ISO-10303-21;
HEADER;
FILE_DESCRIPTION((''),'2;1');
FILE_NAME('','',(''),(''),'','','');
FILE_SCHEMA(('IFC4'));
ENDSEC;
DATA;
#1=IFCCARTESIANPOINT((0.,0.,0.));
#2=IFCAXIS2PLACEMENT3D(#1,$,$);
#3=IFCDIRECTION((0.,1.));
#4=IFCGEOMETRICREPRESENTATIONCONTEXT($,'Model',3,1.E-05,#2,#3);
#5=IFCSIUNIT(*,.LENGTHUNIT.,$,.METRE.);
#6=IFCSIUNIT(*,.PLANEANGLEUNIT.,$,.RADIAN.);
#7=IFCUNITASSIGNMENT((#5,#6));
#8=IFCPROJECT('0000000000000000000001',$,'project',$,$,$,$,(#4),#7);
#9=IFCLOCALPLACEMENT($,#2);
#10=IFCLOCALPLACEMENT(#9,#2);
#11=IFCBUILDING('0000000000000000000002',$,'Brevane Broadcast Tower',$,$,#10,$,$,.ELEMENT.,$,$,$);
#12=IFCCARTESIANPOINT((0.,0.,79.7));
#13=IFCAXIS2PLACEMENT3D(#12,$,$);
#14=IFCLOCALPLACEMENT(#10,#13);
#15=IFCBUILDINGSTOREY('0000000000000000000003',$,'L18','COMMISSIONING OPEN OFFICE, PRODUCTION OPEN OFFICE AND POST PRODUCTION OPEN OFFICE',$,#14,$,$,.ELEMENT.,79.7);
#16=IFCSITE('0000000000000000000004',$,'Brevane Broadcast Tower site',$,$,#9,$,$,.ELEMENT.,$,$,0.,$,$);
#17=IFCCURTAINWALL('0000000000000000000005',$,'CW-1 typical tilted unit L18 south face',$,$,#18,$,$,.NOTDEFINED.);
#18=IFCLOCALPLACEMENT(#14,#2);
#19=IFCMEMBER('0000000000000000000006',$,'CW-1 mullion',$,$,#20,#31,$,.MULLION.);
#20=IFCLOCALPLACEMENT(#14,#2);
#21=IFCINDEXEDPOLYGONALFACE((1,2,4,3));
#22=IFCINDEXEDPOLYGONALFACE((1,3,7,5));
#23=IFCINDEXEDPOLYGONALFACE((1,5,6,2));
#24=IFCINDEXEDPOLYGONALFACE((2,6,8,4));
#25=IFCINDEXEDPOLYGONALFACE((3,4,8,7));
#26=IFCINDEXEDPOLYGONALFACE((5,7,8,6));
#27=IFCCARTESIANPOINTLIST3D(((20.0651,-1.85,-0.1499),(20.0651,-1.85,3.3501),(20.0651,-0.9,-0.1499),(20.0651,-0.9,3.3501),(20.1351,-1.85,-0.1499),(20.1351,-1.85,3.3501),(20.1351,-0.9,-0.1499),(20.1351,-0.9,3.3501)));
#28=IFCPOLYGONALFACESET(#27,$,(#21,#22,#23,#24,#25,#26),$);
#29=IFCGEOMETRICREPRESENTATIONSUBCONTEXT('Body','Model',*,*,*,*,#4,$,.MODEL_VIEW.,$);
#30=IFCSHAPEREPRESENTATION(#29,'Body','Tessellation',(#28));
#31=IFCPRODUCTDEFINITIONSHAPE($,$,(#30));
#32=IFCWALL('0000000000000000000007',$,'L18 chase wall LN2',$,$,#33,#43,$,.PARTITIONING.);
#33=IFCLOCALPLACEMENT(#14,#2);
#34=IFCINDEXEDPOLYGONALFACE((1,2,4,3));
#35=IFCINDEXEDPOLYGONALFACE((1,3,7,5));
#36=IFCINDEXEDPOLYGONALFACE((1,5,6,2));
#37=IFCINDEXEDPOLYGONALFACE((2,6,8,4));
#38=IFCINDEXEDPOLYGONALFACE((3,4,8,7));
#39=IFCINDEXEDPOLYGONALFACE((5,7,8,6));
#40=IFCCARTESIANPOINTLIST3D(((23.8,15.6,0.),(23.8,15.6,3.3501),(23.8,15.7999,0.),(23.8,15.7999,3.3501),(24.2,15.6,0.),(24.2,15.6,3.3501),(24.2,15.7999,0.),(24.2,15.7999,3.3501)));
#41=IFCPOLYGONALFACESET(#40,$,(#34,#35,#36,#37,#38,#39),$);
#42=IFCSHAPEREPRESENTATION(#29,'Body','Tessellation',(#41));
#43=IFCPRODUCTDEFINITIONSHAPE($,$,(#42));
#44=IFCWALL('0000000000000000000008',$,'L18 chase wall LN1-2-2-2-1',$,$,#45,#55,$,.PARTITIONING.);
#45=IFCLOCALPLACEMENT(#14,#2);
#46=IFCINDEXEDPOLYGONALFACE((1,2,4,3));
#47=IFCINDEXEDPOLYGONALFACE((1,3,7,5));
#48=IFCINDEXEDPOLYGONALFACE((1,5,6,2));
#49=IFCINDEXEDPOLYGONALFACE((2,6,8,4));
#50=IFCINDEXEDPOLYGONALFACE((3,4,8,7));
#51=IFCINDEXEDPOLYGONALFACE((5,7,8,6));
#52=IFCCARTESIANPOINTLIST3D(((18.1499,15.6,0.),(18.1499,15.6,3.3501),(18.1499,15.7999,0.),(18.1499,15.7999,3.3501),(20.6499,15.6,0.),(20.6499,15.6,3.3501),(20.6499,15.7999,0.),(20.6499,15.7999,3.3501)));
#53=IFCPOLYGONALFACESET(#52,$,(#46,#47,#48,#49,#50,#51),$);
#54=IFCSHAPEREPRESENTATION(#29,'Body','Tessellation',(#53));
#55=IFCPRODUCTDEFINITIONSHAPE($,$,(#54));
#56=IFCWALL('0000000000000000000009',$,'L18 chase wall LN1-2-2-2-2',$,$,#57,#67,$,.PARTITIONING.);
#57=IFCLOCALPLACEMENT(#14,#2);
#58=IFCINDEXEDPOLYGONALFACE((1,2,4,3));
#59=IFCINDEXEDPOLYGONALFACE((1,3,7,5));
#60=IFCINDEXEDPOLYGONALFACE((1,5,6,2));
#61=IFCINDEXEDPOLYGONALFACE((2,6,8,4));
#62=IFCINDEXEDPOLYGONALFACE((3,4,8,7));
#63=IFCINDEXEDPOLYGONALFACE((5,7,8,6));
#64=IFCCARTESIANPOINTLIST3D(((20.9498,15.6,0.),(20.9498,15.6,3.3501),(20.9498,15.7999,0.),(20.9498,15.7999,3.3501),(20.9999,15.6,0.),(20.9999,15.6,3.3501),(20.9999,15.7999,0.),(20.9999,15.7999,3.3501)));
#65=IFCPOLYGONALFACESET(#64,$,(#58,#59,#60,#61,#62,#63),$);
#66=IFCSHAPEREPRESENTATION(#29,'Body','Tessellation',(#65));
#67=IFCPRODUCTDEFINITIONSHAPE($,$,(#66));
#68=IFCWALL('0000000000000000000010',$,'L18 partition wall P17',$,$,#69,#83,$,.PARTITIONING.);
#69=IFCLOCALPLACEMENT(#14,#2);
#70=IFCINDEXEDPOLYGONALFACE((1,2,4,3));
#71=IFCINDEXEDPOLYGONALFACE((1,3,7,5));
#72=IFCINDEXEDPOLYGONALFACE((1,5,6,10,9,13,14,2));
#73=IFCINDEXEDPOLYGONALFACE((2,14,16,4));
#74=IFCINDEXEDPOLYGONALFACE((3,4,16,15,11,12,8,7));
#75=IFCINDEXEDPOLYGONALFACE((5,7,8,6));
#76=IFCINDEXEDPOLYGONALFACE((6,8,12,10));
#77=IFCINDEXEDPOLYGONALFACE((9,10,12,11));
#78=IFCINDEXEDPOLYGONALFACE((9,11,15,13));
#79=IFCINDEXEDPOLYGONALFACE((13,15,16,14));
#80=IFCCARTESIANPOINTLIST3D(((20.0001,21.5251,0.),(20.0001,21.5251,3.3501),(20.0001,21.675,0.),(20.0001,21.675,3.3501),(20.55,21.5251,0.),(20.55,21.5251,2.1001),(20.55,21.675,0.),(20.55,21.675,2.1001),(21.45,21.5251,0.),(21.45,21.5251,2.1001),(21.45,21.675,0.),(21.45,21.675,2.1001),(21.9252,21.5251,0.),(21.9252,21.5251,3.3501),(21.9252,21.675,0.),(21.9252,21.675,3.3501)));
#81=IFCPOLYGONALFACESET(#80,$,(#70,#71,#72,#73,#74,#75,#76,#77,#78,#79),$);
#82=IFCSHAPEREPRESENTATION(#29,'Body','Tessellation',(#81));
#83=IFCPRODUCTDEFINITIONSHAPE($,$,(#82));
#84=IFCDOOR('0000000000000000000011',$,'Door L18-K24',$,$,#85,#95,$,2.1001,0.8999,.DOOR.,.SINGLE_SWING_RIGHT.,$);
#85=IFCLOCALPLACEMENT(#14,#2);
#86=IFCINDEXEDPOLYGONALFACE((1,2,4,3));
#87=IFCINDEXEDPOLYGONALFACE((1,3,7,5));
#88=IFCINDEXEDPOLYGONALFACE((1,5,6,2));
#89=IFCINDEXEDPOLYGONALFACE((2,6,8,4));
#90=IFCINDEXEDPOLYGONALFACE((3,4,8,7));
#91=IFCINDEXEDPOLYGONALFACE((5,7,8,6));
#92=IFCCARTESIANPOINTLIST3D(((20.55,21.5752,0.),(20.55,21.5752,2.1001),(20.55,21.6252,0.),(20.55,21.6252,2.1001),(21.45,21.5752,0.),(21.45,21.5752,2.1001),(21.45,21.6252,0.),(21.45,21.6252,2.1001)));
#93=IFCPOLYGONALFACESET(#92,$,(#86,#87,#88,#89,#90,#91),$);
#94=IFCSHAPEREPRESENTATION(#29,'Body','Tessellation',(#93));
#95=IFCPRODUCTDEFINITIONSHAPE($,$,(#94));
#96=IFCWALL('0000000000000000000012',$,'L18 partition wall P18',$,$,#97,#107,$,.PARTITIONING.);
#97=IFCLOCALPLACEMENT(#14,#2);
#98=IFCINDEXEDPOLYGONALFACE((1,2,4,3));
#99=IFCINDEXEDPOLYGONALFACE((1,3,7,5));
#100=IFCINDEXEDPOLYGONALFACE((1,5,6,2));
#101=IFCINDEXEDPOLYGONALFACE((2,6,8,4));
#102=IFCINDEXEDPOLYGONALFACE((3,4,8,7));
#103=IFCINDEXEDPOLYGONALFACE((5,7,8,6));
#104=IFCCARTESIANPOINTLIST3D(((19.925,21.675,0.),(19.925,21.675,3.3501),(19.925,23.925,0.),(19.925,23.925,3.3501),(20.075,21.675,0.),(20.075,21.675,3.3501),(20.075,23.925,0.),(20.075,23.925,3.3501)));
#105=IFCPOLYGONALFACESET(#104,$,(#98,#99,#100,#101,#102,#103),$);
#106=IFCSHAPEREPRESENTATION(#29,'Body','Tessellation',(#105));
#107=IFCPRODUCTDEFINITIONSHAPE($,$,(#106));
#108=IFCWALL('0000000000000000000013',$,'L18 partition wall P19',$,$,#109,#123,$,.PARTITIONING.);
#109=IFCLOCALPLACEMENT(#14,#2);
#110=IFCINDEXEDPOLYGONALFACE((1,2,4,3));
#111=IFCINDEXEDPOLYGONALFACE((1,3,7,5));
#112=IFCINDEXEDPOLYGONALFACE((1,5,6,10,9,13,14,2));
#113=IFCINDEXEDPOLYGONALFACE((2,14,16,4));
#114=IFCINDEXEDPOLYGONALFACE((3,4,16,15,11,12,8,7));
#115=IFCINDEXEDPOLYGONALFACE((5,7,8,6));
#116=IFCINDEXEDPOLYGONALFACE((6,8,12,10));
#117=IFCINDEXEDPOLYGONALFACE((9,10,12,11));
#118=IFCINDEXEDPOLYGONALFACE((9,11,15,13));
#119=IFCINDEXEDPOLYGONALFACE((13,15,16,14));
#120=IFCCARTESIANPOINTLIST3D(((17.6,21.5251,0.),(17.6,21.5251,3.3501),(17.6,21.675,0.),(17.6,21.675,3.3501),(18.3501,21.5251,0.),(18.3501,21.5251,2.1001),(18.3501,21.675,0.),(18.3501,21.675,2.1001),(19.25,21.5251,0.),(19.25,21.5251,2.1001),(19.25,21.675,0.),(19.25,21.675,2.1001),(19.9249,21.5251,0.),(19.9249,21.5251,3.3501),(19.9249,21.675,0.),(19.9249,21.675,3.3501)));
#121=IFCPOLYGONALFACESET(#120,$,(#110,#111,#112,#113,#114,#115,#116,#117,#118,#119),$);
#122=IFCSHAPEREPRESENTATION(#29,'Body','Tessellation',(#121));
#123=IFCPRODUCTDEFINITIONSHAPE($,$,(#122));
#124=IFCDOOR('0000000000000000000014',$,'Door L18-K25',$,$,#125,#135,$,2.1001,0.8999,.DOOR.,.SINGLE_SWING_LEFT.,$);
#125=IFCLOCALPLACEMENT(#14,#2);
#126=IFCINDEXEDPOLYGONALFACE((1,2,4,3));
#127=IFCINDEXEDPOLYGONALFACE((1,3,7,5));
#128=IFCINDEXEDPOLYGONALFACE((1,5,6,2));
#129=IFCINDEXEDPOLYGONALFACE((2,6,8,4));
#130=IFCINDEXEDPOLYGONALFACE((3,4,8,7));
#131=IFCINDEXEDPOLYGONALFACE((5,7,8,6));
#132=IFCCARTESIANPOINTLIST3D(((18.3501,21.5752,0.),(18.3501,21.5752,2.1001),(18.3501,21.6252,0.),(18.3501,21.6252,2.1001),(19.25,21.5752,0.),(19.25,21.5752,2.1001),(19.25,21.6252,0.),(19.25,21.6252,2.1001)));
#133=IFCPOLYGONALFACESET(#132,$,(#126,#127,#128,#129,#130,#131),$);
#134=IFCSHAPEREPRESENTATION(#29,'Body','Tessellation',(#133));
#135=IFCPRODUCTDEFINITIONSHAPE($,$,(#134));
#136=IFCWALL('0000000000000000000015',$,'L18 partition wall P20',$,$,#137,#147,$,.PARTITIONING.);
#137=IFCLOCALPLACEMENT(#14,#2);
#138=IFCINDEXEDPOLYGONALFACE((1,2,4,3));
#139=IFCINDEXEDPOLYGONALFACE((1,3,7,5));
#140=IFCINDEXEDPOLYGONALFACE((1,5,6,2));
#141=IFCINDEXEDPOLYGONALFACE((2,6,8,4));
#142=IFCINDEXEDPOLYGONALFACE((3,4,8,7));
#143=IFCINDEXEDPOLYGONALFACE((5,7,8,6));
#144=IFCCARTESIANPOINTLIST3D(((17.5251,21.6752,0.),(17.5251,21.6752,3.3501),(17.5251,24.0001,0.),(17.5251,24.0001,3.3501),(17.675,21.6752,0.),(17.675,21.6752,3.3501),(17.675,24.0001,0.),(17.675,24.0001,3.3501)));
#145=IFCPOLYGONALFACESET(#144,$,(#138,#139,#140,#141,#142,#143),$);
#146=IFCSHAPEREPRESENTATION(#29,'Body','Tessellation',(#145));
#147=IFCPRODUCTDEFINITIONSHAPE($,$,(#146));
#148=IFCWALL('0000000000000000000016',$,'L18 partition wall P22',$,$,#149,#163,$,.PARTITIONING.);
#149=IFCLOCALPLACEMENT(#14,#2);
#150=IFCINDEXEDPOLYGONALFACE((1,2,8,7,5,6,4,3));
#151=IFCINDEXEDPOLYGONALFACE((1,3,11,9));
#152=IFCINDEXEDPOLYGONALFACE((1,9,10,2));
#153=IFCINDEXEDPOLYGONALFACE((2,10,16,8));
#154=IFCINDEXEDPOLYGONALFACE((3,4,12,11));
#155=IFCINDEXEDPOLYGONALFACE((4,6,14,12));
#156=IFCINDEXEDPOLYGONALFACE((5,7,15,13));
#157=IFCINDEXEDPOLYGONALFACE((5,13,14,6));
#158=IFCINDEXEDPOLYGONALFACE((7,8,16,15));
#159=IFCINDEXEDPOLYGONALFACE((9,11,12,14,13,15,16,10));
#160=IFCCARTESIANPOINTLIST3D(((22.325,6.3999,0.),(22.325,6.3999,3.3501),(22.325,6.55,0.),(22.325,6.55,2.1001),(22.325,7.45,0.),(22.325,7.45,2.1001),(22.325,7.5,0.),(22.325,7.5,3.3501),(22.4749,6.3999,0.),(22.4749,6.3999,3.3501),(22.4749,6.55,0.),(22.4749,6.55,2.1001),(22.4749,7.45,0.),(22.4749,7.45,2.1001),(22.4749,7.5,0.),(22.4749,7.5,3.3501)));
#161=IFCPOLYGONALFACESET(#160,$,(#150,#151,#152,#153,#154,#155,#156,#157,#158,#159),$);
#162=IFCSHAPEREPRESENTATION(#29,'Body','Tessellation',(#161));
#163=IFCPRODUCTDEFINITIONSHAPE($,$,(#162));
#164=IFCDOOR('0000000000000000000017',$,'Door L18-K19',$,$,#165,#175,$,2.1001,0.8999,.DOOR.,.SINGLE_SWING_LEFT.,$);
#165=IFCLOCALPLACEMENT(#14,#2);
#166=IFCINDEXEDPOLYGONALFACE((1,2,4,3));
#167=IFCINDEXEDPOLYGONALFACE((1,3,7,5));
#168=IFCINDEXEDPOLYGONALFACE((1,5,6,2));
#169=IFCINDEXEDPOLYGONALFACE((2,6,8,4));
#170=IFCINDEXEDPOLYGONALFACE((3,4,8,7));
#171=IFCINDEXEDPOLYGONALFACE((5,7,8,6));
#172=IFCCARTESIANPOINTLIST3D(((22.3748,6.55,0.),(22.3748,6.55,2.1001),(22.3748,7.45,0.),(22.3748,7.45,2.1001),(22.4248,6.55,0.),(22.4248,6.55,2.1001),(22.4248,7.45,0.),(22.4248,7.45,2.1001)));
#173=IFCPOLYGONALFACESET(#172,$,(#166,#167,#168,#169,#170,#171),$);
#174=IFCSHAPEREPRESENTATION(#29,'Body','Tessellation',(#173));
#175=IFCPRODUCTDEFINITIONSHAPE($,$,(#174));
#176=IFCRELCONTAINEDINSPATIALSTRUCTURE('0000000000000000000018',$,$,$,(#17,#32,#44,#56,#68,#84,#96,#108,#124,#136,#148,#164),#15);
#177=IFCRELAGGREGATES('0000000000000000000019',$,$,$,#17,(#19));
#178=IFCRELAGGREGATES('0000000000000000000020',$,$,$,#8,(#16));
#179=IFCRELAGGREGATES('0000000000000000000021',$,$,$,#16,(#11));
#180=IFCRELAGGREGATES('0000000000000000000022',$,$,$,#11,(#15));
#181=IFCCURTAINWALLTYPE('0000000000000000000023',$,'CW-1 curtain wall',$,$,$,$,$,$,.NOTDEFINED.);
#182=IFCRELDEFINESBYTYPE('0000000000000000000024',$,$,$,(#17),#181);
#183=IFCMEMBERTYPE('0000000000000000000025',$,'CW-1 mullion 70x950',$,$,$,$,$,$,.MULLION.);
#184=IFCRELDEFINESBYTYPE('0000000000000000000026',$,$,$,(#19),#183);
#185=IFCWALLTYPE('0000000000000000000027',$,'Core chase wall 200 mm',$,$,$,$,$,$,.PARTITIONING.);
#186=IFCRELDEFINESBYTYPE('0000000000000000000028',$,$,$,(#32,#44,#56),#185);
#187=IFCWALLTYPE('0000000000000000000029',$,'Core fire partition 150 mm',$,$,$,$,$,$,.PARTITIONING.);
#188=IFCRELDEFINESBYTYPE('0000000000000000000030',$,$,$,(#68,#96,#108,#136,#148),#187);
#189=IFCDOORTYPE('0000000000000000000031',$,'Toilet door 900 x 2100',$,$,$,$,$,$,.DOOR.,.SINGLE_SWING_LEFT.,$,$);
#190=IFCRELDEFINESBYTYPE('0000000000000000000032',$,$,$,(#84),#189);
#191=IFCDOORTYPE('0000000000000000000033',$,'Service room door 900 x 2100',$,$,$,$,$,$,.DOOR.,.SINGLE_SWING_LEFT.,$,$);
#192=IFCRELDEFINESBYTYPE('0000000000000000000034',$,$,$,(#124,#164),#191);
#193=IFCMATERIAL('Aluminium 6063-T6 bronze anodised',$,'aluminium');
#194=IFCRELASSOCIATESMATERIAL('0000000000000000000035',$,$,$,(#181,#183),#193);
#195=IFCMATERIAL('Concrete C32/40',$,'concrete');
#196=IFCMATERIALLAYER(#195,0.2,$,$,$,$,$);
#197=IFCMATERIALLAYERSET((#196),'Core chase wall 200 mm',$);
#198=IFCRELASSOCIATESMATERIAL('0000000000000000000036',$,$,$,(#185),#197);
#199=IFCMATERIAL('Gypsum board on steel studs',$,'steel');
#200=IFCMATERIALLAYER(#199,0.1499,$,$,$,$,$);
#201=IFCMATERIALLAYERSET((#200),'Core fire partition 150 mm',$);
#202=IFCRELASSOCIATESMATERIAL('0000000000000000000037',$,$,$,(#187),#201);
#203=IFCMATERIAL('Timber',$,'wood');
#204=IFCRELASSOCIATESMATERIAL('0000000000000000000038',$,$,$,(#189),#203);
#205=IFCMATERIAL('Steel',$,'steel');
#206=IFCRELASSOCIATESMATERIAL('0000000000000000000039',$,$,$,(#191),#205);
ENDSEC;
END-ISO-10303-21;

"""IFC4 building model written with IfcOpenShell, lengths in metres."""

from ifc_helpers import new_model, si_unit, direction, frame, frame_2d, origin, origin_2d, place, context, subcontext, project, spatial, rectangle, extrude, material, layer, layer_set, material_profile, profile_set, type_object, element, fill, aggregate, save


model = new_model("IFC4")

# Units and contexts
model_context = context("Model", 3, precision=1e-05, world=origin(), true_north=direction((0.0, 1.0)))
body_context = subcontext(model_context, "Body", "Model", "MODEL_VIEW")
ifc_project = project(units=[si_unit("LENGTHUNIT", "METRE"), si_unit("PLANEANGLEUNIT", "RADIAN")], contexts=[model_context])

# Site, building, storey
site_placement = place(None, origin())
site = spatial("IfcSite", under=ifc_project, at=site_placement, Name="Brevane Broadcast Tower site", CompositionType="ELEMENT", RefElevation=0.0)
building_placement = place(site_placement, origin())
building = spatial("IfcBuilding", under=site, at=building_placement, Name="Brevane Broadcast Tower", CompositionType="ELEMENT")
storey_placement = place(building_placement, frame((0.0, 0.0, 79.7)))
storey = spatial("IfcBuildingStorey", under=building, at=storey_placement, Name="L18", Description="COMMISSIONING OPEN OFFICE, PRODUCTION OPEN OFFICE AND POST PRODUCTION OPEN OFFICE", CompositionType="ELEMENT", Elevation=79.7)

# Curtain wall, member
ifc_material_1 = material(Name="Aluminium 6063-T6 bronze anodised", Category="aluminium")
curtain_wall_type = type_object("IfcCurtainWallType", Name="CW-1 curtain wall", PredefinedType="NOTDEFINED", material=ifc_material_1)
curtain_wall_placement = place(storey_placement, origin())
curtain_wall = element("IfcCurtainWall", 1, at=curtain_wall_placement, inside=storey, type_object=curtain_wall_type, Name="CW-1 typical tilted unit L18 south face", PredefinedType="NOTDEFINED")
ifc_material_profile = material_profile(ifc_material_1, rectangle(XDim=0.95, YDim=0.0701, at=origin_2d()), Name="RECT 70x950")
ifc_profile_set = profile_set([ifc_material_profile], Name="Aluminium 6063-T6 bronze anodised")
member_type = type_object("IfcMemberType", Name="CW-1 mullion 70x950", PredefinedType="MULLION", material=ifc_profile_set)
member_placement = place(storey_placement, frame((20.1001, -1.375, -0.1499), z_axis=(0.0, 0.0, 1.0), x_axis=(0.0, 1.0, 0.0)))
member = element("IfcMember", 2, at=member_placement, type_object=member_type, Name="CW-1 mullion", PredefinedType="MULLION", context=body_context, shape_type="SweptSolid", body=[
    extrude(rectangle(XDim=0.95, YDim=0.0701, at=origin_2d()), origin(), (0.0, 0.0, 1.0), 3.5),
])
aggregate(curtain_wall, [member])

# Walls
ifc_material_2 = material(Name="Concrete C32/40", Category="concrete")
ifc_layer_1 = layer(ifc_material_2, 0.2)
ifc_layer_set_1 = layer_set([ifc_layer_1], Name="Core chase wall 200 mm")
wall_type_1 = type_object("IfcWallType", Name="Core chase wall 200 mm", PredefinedType="PARTITIONING", material=ifc_layer_set_1)
wall_1_placement = place(storey_placement, frame((23.8, 15.7, 0.0), z_axis=(0.0, 0.0, 1.0), x_axis=(1.0, 0.0, 0.0)))
element("IfcWall", 3, at=wall_1_placement, inside=storey, type_object=wall_type_1, Name="L18 chase wall LN2", PredefinedType="PARTITIONING", context=body_context, shape_type="SweptSolid", body=[
    extrude(rectangle(XDim=0.3999, YDim=0.2, at=frame_2d((0.2, 0.0))), origin(), (0.0, 0.0, 1.0), 3.3501),
])
wall_2_placement = place(storey_placement, frame((18.1499, 15.7, 0.0), z_axis=(0.0, 0.0, 1.0), x_axis=(1.0, 0.0, 0.0)))
element("IfcWall", 4, at=wall_2_placement, inside=storey, type_object=wall_type_1, Name="L18 chase wall LN1-2-2-2-1", PredefinedType="PARTITIONING", context=body_context, shape_type="SweptSolid", body=[
    extrude(rectangle(XDim=2.5, YDim=0.2, at=frame_2d((1.25, 0.0))), origin(), (0.0, 0.0, 1.0), 3.3501),
])
wall_3_placement = place(storey_placement, frame((20.95, 15.7, 0.0), z_axis=(0.0, 0.0, 1.0), x_axis=(1.0, 0.0, 0.0)))
element("IfcWall", 5, at=wall_3_placement, inside=storey, type_object=wall_type_1, Name="L18 chase wall LN1-2-2-2-2", PredefinedType="PARTITIONING", context=body_context, shape_type="SweptSolid", body=[
    extrude(rectangle(XDim=0.05, YDim=0.2, at=frame_2d((0.0249, 0.0))), origin(), (0.0, 0.0, 1.0), 3.3501),
])

# Wall, opening, door
ifc_material_3 = material(Name="Gypsum board on steel studs", Category="steel")
ifc_layer_2 = layer(ifc_material_3, 0.1499)
ifc_layer_set_2 = layer_set([ifc_layer_2], Name="Core fire partition 150 mm")
wall_type_2 = type_object("IfcWallType", Name="Core fire partition 150 mm", PredefinedType="PARTITIONING", material=ifc_layer_set_2)
wall_4_placement = place(storey_placement, frame((21.925, 21.6001, 0.0), z_axis=(0.0, 0.0, 1.0), x_axis=(-1.0, 0.0, 0.0)))
wall_4 = element("IfcWall", 6, at=wall_4_placement, inside=storey, type_object=wall_type_2, Name="L18 partition wall P17", PredefinedType="PARTITIONING", context=body_context, shape_type="SweptSolid", body=[
    extrude(rectangle(XDim=1.925, YDim=0.1499, at=frame_2d((0.9624, 0.0))), origin(), (0.0, 0.0, 1.0), 3.3501),
])
opening_1_placement = place(wall_4_placement, frame((0.4751, 0.0, 0.0)))
opening_1 = element("IfcOpeningElement", 7, at=opening_1_placement, cuts=wall_4, PredefinedType="OPENING", context=body_context, shape_type="SweptSolid", body=[
    extrude(rectangle(XDim=0.8999, YDim=2.1001, at=frame_2d((0.45, 1.05))), frame((0.0, 0.085, 0.0), z_axis=(0.0, -1.0, 0.0), x_axis=(1.0, 0.0, 0.0)), (0.0, 0.0, 1.0), 0.1699),
])
ifc_material_4 = material(Name="Timber", Category="wood")
door_type_1 = type_object("IfcDoorType", Name="Toilet door 900 x 2100", OperationType="SINGLE_SWING_LEFT", PredefinedType="DOOR", material=ifc_material_4)
door_1_placement = place(opening_1_placement, origin())
door_1 = element("IfcDoor", 8, at=door_1_placement, inside=storey, type_object=door_type_1, Name="Door L18-K24", OperationType="SINGLE_SWING_RIGHT", OverallHeight=2.1001, OverallWidth=0.8999, PredefinedType="DOOR", context=body_context, shape_type="SweptSolid", body=[
    extrude(rectangle(XDim=0.8999, YDim=2.1001, at=frame_2d((0.45, 1.05))), frame((0.0, 0.0249, 0.0), z_axis=(0.0, -1.0, 0.0), x_axis=(1.0, 0.0, 0.0)), (0.0, 0.0, 1.0), 0.05),
])
fill(opening_1, door_1)

# Wall
wall_5_placement = place(storey_placement, frame((20.0, 21.675, 0.0), z_axis=(0.0, 0.0, 1.0), x_axis=(0.0, 1.0, 0.0)))
element("IfcWall", 9, at=wall_5_placement, inside=storey, type_object=wall_type_2, Name="L18 partition wall P18", PredefinedType="PARTITIONING", context=body_context, shape_type="SweptSolid", body=[
    extrude(rectangle(XDim=2.25, YDim=0.1499, at=frame_2d((1.125, 0.0))), origin(), (0.0, 0.0, 1.0), 3.3501),
])

# Wall, opening, door
wall_6_placement = place(storey_placement, frame((19.925, 21.6001, 0.0), z_axis=(0.0, 0.0, 1.0), x_axis=(-1.0, 0.0, 0.0)))
wall_6 = element("IfcWall", 10, at=wall_6_placement, inside=storey, type_object=wall_type_2, Name="L18 partition wall P19", PredefinedType="PARTITIONING", context=body_context, shape_type="SweptSolid", body=[
    extrude(rectangle(XDim=2.325, YDim=0.1499, at=frame_2d((1.1626, 0.0))), origin(), (0.0, 0.0, 1.0), 3.3501),
])
opening_2_placement = place(wall_6_placement, frame((0.675, 0.0, 0.0)))
opening_2 = element("IfcOpeningElement", 11, at=opening_2_placement, cuts=wall_6, PredefinedType="OPENING", context=body_context, shape_type="SweptSolid", body=[
    extrude(rectangle(XDim=0.8999, YDim=2.1001, at=frame_2d((0.45, 1.05))), frame((0.0, 0.085, 0.0), z_axis=(0.0, -1.0, 0.0), x_axis=(1.0, 0.0, 0.0)), (0.0, 0.0, 1.0), 0.1699),
])
ifc_material_5 = material(Name="Steel", Category="steel")
door_type_2 = type_object("IfcDoorType", Name="Service room door 900 x 2100", OperationType="SINGLE_SWING_LEFT", PredefinedType="DOOR", material=ifc_material_5)
door_2_placement = place(opening_2_placement, origin())
door_2 = element("IfcDoor", 12, at=door_2_placement, inside=storey, type_object=door_type_2, Name="Door L18-K25", OperationType="SINGLE_SWING_LEFT", OverallHeight=2.1001, OverallWidth=0.8999, PredefinedType="DOOR", context=body_context, shape_type="SweptSolid", body=[
    extrude(rectangle(XDim=0.8999, YDim=2.1001, at=frame_2d((0.45, 1.05))), frame((0.0, 0.0249, 0.0), z_axis=(0.0, -1.0, 0.0), x_axis=(1.0, 0.0, 0.0)), (0.0, 0.0, 1.0), 0.05),
])
fill(opening_2, door_2)

# Wall
wall_7_placement = place(storey_placement, frame((17.6001, 21.675, 0.0), z_axis=(0.0, 0.0, 1.0), x_axis=(0.0, 1.0, 0.0)))
element("IfcWall", 13, at=wall_7_placement, inside=storey, type_object=wall_type_2, Name="L18 partition wall P20", PredefinedType="PARTITIONING", context=body_context, shape_type="SweptSolid", body=[
    extrude(rectangle(XDim=2.325, YDim=0.1499, at=frame_2d((1.1626, 0.0))), origin(), (0.0, 0.0, 1.0), 3.3501),
])

# Wall, opening, door
wall_8_placement = place(storey_placement, frame((22.3999, 7.5, 0.0), z_axis=(0.0, 0.0, 1.0), x_axis=(0.0, -1.0, 0.0)))
wall_8 = element("IfcWall", 14, at=wall_8_placement, inside=storey, type_object=wall_type_2, Name="L18 partition wall P22", PredefinedType="PARTITIONING", context=body_context, shape_type="SweptSolid", body=[
    extrude(rectangle(XDim=1.1001, YDim=0.1499, at=frame_2d((0.55, 0.0))), origin(), (0.0, 0.0, 1.0), 3.3501),
])
opening_3_placement = place(wall_8_placement, frame((0.05, 0.0, 0.0)))
opening_3 = element("IfcOpeningElement", 15, at=opening_3_placement, cuts=wall_8, PredefinedType="OPENING", context=body_context, shape_type="SweptSolid", body=[
    extrude(rectangle(XDim=0.8999, YDim=2.1001, at=frame_2d((0.45, 1.05))), frame((0.0, 0.085, 0.0), z_axis=(0.0, -1.0, 0.0), x_axis=(1.0, 0.0, 0.0)), (0.0, 0.0, 1.0), 0.1699),
])
door_3_placement = place(opening_3_placement, origin())
door_3 = element("IfcDoor", 16, at=door_3_placement, inside=storey, type_object=door_type_2, Name="Door L18-K19", OperationType="SINGLE_SWING_LEFT", OverallHeight=2.1001, OverallWidth=0.8999, PredefinedType="DOOR", context=body_context, shape_type="SweptSolid", body=[
    extrude(rectangle(XDim=0.8999, YDim=2.1001, at=frame_2d((0.45, 1.05))), frame((0.0, 0.0249, 0.0), z_axis=(0.0, -1.0, 0.0), x_axis=(1.0, 0.0, 0.0)), (0.0, 0.0, 1.0), 0.05),
])
fill(opening_3, door_3)

save(model, "model.ifc")
